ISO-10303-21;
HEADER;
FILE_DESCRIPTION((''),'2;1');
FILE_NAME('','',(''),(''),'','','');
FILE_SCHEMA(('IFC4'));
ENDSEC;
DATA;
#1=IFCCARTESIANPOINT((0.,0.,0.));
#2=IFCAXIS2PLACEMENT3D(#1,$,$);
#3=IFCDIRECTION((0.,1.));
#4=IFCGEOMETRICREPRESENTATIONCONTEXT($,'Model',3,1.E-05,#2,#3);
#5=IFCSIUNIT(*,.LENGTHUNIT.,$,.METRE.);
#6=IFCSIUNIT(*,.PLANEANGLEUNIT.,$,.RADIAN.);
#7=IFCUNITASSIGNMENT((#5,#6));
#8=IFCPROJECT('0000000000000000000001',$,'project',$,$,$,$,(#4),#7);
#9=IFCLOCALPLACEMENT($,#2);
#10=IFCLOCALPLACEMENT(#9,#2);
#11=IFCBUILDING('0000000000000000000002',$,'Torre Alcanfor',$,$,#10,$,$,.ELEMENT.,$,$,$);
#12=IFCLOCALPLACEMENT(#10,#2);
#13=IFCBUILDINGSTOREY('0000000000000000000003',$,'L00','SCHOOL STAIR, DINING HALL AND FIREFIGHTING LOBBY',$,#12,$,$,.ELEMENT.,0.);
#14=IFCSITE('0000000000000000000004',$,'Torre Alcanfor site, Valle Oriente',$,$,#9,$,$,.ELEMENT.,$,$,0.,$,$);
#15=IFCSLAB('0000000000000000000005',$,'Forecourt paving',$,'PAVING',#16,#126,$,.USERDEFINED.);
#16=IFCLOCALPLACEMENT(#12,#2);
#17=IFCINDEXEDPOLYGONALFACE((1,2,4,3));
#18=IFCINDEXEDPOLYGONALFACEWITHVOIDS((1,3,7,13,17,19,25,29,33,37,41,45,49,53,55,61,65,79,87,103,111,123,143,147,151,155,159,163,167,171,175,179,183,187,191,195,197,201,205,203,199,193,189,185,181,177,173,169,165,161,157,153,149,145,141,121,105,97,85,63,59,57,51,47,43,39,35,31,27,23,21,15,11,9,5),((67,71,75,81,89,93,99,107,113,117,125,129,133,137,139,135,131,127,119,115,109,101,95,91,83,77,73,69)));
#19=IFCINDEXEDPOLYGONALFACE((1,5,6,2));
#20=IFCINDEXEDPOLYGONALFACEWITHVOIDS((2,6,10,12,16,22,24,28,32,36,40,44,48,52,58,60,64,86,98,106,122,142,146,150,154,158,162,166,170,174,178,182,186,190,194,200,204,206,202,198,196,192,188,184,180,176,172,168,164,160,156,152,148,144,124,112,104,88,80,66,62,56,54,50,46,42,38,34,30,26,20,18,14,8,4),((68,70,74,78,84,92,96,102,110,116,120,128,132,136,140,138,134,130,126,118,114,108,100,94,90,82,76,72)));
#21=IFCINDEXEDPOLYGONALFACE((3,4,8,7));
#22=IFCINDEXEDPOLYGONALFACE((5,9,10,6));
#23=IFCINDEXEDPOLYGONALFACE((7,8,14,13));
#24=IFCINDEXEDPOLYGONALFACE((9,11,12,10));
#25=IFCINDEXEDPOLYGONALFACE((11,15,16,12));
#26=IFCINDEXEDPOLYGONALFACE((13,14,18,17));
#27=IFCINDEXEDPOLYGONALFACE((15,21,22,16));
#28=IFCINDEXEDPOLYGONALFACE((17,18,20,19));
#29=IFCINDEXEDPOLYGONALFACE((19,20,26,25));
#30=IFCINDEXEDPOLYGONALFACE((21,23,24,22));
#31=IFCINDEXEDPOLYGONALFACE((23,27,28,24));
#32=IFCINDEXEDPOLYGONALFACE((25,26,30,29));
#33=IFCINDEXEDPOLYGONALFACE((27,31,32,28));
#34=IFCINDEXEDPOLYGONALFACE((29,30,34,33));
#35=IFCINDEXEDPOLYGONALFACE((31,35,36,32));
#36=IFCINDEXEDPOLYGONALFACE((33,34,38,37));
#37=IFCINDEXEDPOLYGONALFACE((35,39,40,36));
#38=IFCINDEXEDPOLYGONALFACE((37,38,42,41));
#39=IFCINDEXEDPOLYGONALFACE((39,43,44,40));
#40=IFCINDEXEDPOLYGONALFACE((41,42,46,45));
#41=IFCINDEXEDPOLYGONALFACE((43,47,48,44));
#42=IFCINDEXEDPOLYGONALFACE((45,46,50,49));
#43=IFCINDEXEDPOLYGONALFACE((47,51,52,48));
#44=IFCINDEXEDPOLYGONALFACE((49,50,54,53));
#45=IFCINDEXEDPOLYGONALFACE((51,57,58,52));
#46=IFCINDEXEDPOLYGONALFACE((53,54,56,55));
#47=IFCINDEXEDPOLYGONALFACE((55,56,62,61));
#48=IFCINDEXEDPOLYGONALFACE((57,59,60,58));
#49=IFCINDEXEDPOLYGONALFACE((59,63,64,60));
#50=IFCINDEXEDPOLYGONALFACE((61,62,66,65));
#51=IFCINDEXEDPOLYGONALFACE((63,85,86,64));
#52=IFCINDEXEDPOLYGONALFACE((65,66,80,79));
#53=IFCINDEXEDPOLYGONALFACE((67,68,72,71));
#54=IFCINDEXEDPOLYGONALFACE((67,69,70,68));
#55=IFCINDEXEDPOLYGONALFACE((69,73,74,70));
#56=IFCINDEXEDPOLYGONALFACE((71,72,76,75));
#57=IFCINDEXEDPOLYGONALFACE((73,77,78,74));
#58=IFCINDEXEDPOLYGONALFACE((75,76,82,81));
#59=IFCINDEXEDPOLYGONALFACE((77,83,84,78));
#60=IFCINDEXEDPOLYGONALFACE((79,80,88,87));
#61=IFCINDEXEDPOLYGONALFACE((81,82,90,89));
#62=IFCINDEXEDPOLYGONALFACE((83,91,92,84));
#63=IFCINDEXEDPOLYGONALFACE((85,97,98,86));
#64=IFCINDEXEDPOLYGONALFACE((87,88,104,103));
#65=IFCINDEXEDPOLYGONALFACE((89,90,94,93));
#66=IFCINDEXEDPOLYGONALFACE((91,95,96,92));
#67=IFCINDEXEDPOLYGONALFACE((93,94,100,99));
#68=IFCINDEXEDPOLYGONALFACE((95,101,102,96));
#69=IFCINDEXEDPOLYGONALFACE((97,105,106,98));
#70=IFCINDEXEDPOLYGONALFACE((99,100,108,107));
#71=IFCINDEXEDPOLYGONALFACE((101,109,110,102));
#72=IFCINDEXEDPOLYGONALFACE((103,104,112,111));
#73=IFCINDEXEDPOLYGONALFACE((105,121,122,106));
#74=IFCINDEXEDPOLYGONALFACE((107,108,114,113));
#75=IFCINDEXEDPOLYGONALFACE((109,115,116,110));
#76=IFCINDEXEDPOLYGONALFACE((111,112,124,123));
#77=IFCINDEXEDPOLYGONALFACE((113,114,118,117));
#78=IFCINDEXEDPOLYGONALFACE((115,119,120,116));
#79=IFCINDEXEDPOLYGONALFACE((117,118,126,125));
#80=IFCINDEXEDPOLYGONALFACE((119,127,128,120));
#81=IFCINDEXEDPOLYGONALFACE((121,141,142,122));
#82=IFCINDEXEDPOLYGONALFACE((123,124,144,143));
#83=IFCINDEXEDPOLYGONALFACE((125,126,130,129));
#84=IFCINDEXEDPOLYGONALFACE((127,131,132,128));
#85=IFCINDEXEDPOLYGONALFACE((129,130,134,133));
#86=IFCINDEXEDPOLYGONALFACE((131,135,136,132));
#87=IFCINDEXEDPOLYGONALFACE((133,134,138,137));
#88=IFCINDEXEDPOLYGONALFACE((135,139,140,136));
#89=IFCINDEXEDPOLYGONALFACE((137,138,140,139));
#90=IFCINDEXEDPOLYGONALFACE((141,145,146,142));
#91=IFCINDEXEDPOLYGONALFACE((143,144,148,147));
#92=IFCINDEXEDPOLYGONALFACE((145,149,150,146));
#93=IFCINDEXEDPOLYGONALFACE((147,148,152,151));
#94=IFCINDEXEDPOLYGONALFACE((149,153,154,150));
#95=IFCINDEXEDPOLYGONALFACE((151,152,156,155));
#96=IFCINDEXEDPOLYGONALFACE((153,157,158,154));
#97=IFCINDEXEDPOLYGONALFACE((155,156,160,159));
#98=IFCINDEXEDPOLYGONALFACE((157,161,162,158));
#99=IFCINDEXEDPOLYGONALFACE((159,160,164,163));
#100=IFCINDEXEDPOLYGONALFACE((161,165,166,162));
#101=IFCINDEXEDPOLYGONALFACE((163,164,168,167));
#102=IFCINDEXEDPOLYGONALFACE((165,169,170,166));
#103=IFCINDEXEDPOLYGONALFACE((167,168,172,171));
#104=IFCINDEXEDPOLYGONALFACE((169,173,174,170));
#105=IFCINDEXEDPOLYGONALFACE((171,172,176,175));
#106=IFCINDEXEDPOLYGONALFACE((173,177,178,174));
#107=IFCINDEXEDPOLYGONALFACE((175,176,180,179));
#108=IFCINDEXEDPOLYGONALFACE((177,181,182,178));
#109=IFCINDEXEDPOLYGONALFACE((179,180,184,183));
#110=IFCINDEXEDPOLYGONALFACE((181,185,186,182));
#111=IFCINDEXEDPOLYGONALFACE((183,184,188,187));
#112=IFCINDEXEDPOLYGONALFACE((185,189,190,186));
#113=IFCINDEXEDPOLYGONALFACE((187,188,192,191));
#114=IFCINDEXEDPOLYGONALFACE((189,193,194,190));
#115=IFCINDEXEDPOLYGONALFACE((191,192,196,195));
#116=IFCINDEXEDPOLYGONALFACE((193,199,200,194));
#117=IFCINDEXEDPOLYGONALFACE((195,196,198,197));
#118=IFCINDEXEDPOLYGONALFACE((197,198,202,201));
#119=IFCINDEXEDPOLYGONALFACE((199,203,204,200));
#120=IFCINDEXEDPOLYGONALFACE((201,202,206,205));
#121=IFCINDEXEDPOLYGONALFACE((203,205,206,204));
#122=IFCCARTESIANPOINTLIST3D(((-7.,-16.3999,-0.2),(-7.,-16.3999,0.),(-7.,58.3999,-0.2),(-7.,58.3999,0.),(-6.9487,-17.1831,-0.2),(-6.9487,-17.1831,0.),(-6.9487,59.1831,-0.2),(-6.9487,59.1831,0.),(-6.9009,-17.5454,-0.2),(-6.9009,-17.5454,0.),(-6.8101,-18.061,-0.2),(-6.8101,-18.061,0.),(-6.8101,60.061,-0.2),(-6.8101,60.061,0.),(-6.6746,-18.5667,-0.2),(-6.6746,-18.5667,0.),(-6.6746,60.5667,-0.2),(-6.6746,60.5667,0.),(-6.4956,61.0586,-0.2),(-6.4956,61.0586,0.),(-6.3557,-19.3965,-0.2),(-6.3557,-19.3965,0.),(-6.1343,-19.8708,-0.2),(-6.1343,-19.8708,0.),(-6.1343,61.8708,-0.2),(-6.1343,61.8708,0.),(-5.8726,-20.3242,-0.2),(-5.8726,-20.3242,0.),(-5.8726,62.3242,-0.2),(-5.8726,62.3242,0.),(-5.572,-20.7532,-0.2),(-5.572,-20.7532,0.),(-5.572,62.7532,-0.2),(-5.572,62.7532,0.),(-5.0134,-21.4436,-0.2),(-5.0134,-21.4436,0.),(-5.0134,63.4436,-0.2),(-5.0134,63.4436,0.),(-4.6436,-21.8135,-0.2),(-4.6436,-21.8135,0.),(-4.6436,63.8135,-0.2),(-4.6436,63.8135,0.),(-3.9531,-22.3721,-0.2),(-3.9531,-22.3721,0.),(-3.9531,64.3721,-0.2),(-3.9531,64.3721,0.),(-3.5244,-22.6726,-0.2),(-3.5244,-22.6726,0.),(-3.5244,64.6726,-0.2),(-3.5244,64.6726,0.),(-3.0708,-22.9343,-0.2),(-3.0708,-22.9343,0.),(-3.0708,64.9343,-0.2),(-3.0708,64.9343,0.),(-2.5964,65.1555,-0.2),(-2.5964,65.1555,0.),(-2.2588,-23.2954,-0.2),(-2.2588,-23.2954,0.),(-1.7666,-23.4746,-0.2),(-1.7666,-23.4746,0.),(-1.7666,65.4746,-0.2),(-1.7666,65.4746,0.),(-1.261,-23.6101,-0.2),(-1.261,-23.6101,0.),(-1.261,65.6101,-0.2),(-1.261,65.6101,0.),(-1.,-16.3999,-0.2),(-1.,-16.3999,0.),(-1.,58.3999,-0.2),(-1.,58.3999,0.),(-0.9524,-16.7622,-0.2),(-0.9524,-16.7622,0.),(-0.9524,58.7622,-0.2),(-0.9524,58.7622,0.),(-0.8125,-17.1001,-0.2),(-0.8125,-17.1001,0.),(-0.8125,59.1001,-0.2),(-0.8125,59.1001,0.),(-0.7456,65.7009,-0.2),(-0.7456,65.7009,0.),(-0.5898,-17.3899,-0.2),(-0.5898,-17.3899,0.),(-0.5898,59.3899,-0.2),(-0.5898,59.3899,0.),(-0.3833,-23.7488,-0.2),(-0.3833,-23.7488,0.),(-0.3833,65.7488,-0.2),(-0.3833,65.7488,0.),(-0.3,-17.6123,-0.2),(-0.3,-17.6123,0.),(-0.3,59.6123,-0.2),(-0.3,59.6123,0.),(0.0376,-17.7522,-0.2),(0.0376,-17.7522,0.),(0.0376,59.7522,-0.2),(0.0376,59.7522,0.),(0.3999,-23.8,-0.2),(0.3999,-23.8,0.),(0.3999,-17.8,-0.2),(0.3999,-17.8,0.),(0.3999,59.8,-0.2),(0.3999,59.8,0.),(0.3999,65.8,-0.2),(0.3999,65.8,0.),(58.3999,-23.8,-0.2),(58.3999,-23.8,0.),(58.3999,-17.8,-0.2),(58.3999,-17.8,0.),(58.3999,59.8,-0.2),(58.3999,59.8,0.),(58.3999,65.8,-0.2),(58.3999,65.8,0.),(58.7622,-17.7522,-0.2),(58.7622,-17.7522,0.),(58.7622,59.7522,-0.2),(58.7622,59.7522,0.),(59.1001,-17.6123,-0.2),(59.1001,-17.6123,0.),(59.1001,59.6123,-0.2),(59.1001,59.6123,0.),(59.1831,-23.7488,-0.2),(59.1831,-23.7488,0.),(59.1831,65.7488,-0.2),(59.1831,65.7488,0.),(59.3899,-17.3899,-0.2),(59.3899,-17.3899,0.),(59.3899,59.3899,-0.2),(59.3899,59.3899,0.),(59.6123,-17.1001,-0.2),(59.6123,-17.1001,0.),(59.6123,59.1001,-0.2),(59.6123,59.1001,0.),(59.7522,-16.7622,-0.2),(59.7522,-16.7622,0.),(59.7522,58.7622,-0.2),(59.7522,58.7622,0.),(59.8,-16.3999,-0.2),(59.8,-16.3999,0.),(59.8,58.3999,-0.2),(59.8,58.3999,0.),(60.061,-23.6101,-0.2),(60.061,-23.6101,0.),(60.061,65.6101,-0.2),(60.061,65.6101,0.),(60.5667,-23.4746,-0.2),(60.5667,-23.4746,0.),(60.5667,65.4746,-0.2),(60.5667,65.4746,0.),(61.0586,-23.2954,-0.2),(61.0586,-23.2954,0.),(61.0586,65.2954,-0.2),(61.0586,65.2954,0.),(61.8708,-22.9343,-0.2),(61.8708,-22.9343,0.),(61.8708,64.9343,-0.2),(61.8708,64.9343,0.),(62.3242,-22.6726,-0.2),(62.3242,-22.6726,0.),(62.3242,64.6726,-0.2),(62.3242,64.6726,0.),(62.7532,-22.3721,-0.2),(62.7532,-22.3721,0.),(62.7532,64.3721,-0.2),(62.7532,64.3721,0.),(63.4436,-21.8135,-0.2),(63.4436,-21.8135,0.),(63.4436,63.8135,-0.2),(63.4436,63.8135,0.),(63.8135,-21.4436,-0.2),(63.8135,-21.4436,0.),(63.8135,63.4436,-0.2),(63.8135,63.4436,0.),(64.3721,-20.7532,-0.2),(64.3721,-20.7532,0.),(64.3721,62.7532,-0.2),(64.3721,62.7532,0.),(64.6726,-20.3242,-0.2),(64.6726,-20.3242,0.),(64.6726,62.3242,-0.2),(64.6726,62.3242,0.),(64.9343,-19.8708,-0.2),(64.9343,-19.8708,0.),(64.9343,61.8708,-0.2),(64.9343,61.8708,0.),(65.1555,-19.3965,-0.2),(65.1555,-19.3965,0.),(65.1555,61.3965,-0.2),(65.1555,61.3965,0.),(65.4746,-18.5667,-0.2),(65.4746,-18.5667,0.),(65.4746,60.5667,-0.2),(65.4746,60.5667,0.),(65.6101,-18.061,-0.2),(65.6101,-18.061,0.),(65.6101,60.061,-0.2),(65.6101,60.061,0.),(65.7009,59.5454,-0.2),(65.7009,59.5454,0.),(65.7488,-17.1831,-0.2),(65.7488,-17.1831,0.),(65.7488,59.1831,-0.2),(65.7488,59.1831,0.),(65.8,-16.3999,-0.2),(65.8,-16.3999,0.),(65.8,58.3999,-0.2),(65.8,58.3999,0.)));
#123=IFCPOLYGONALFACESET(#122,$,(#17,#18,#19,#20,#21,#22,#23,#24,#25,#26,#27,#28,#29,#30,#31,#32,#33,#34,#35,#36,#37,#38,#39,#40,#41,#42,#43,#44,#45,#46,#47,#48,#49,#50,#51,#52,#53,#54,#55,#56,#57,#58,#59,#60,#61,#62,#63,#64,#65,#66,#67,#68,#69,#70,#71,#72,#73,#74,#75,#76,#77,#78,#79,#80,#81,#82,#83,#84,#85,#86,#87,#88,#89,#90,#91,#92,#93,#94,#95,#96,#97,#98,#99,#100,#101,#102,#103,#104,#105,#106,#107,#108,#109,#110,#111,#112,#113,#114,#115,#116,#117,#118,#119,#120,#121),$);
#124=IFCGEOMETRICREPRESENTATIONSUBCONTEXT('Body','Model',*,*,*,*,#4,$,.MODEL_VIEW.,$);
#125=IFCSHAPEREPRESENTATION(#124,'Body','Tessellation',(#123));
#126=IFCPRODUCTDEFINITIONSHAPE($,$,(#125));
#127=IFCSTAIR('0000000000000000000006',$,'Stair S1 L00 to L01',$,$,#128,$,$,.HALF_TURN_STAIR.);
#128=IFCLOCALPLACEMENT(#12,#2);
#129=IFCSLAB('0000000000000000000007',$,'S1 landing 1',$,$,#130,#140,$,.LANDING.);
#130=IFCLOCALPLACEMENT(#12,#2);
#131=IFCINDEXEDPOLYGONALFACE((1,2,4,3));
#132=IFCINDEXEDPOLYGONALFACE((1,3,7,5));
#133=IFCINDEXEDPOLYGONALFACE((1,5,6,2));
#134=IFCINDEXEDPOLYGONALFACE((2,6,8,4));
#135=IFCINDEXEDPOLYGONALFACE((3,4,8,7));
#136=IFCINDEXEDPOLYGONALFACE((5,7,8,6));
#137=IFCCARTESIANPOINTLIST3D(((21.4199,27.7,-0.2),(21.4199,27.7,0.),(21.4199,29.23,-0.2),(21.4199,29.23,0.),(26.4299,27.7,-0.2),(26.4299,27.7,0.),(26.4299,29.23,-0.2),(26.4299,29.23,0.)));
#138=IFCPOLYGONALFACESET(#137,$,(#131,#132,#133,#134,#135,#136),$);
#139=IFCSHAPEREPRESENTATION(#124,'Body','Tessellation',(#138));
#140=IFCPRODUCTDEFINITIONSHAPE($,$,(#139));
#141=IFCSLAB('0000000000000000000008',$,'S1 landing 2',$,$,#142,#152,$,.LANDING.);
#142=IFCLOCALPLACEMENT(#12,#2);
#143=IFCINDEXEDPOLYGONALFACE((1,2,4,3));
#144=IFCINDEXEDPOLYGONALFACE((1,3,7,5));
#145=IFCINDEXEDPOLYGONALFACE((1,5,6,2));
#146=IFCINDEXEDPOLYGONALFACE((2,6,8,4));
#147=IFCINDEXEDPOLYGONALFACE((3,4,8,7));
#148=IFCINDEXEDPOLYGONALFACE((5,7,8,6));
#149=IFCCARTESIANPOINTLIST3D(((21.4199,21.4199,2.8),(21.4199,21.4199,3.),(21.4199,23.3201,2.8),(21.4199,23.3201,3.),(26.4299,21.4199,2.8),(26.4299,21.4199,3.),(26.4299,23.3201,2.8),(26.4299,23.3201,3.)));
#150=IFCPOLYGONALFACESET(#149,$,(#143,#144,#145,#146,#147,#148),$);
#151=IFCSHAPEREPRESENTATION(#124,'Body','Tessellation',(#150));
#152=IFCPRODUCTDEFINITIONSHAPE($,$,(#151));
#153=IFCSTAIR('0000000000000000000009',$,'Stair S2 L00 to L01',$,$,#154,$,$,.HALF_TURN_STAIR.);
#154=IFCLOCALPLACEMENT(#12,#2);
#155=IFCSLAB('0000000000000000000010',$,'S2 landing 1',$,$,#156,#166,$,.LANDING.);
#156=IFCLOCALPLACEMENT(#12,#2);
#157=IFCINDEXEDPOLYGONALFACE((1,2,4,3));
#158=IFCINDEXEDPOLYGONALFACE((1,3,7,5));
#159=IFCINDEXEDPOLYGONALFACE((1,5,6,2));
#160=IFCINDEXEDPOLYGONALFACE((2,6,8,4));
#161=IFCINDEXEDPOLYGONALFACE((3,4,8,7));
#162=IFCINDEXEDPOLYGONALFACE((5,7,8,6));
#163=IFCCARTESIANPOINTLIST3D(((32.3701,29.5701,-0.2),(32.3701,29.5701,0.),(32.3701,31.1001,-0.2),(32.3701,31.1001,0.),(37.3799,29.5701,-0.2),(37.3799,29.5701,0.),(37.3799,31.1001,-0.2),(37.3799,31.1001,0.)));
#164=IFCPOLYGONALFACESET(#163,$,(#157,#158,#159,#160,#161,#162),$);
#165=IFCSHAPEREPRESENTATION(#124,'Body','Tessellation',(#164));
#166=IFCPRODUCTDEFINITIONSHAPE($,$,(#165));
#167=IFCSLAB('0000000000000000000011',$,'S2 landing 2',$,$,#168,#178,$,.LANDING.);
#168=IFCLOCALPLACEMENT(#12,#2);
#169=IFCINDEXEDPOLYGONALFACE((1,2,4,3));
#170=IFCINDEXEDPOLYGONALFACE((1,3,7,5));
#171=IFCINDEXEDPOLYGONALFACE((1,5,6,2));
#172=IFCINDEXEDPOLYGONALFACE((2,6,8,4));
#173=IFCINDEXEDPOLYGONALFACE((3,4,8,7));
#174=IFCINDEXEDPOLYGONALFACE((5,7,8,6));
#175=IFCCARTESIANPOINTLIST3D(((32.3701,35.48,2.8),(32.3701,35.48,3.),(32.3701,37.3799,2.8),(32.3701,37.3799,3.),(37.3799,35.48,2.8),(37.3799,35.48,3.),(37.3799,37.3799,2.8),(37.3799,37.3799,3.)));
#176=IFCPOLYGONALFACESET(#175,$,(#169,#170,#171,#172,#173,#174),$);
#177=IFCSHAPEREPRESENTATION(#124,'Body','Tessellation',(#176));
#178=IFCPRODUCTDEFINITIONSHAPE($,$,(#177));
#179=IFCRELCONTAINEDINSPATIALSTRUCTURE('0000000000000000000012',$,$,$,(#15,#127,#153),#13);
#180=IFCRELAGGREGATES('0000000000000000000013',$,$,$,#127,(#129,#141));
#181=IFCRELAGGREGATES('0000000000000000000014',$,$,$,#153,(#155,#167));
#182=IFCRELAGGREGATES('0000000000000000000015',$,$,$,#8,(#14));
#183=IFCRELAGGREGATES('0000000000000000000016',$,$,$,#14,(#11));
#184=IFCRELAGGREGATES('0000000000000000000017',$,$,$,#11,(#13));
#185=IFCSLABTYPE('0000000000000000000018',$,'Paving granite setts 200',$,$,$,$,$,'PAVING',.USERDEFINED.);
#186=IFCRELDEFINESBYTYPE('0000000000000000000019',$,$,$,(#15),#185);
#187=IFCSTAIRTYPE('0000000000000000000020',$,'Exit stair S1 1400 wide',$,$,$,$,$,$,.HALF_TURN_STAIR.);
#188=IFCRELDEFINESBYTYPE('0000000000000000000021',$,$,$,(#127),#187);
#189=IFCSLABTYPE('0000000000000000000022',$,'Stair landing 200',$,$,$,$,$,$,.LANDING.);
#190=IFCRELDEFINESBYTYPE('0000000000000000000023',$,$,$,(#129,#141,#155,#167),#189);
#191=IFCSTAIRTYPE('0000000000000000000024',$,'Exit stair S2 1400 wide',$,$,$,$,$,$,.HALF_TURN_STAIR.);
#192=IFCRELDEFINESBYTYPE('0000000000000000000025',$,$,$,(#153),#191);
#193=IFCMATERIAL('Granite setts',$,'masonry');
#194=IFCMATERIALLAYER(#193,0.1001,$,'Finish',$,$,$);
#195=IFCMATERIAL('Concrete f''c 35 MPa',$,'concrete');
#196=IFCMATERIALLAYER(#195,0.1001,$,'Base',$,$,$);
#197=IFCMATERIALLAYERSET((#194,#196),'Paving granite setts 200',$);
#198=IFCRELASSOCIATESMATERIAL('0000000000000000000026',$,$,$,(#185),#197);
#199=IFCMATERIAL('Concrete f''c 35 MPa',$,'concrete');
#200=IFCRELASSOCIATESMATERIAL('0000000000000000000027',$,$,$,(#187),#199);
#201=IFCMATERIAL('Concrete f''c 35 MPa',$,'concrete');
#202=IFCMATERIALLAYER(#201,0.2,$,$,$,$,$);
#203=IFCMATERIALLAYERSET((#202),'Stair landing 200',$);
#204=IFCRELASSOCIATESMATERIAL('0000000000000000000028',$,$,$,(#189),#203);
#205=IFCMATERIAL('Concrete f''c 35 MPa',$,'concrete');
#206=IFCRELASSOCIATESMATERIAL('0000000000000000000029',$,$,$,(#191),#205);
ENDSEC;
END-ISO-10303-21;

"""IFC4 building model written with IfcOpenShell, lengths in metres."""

from ifc_helpers import new_model, si_unit, direction, frame, origin, place, context, subcontext, project, spatial, polyline, outline, extrude, material, layer, layer_set, type_object, element, aggregate, save


model = new_model("IFC4")

# Units and contexts
model_context = context("Model", 3, precision=1e-05, world=origin(), true_north=direction((0.0, 1.0)))
body_context = subcontext(model_context, "Body", "Model", "MODEL_VIEW")
ifc_project = project(units=[si_unit("LENGTHUNIT", "METRE"), si_unit("PLANEANGLEUNIT", "RADIAN")], contexts=[model_context])

# Site, building, storey
site_placement = place(None, origin())
site = spatial("IfcSite", under=ifc_project, at=site_placement, Name="Torre Alcanfor site, Valle Oriente", CompositionType="ELEMENT", RefElevation=0.0)
building_placement = place(site_placement, origin())
building = spatial("IfcBuilding", under=site, at=building_placement, Name="Torre Alcanfor", CompositionType="ELEMENT")
storey_placement = place(building_placement, origin())
storey = spatial("IfcBuildingStorey", under=building, at=storey_placement, Name="L00", Description="SCHOOL STAIR, DINING HALL AND FIREFIGHTING LOBBY", CompositionType="ELEMENT", Elevation=0.0)

# Slab
ifc_material_1 = material(Name="Granite setts", Category="masonry")
ifc_layer_1 = layer(ifc_material_1, 0.1001, Name="Finish")
ifc_material_2 = material(Name="Concrete f'c 35 MPa", Category="concrete")
ifc_layer_2 = layer(ifc_material_2, 0.1001, Name="Base")
ifc_layer_set_1 = layer_set([ifc_layer_1, ifc_layer_2], Name="Paving granite setts 200")
slab_type_1 = type_object("IfcSlabType", Name="Paving granite setts 200", ElementType="PAVING", PredefinedType="USERDEFINED", material=ifc_layer_set_1)
slab_1_placement = place(storey_placement, frame((0.0, 0.0, -0.2)))
element("IfcSlab", 1, at=slab_1_placement, inside=storey, type_object=slab_type_1, Name="Forecourt paving", ObjectType="PAVING", PredefinedType="USERDEFINED", context=body_context, shape_type="SweptSolid", body=[
    extrude(outline(polyline([(58.3999, -23.8), (0.3999, -23.8), (-0.3833, -23.7488), (-1.261, -23.6101), (-1.7666, -23.4746), (-2.2588, -23.2954), (-3.0708, -22.9343), (-3.5244, -22.6726), (-3.9531, -22.3721), (-4.6436, -21.8135), (-5.0134, -21.4436), (-5.572, -20.7532), (-5.8726, -20.3242), (-6.1343, -19.8708), (-6.3557, -19.3965), (-6.6746, -18.5667), (-6.8101, -18.061), (-6.9009, -17.5454), (-6.9487, -17.1831), (-7.0, -16.3999), (-7.0, 58.3999), (-6.9487, 59.1831), (-6.8101, 60.061), (-6.6746, 60.5667), (-6.4956, 61.0586), (-6.1343, 61.8708), (-5.8726, 62.3242), (-5.572, 62.7532), (-5.0134, 63.4436), (-4.6436, 63.8135), (-3.9531, 64.3721), (-3.5244, 64.6726), (-3.0708, 64.9343), (-2.5964, 65.1555), (-1.7666, 65.4746), (-1.261, 65.6101), (-0.7456, 65.7009), (-0.3833, 65.7488), (0.3999, 65.8), (58.3999, 65.8), (59.1831, 65.7488), (60.061, 65.6101), (60.5667, 65.4746), (61.0586, 65.2954), (61.8708, 64.9343), (62.3242, 64.6726), (62.7532, 64.3721), (63.4436, 63.8135), (63.8135, 63.4436), (64.3721, 62.7532), (64.6726, 62.3242), (64.9343, 61.8708), (65.1555, 61.3965), (65.4746, 60.5667), (65.6101, 60.061), (65.7009, 59.5454), (65.7488, 59.1831), (65.8, 58.3999), (65.8, -16.3999), (65.7488, -17.1831), (65.6101, -18.061), (65.4746, -18.5667), (65.1555, -19.3965), (64.9343, -19.8708), (64.6726, -20.3242), (64.3721, -20.7532), (63.8135, -21.4436), (63.4436, -21.8135), (62.7532, -22.3721), (62.3242, -22.6726), (61.8708, -22.9343), (61.0586, -23.2954), (60.5667, -23.4746), (60.061, -23.6101), (59.1831, -23.7488), (58.3999, -23.8)]), holes=[polyline([(58.3999, -17.8), (58.7622, -17.7522), (59.1001, -17.6123), (59.3899, -17.3899), (59.6123, -17.1001), (59.7522, -16.7622), (59.8, -16.3999), (59.8, 58.3999), (59.7522, 58.7622), (59.6123, 59.1001), (59.3899, 59.3899), (59.1001, 59.6123), (58.7622, 59.7522), (58.3999, 59.8), (0.3999, 59.8), (0.0376, 59.7522), (-0.3, 59.6123), (-0.5898, 59.3899), (-0.8125, 59.1001), (-0.9524, 58.7622), (-1.0, 58.3999), (-1.0, -16.3999), (-0.9524, -16.7622), (-0.8125, -17.1001), (-0.5898, -17.3899), (-0.3, -17.6123), (0.0376, -17.7522), (0.3999, -17.8), (58.3999, -17.8)])]), origin(), (0.0, 0.0, 1.0), 0.2),
])

# Stairs, slabs
ifc_material_3 = material(Name="Concrete f'c 35 MPa", Category="concrete")
stair_type_1 = type_object("IfcStairType", Name="Exit stair S1 1400 wide", PredefinedType="HALF_TURN_STAIR", material=ifc_material_3)
stair_1_placement = place(storey_placement, origin())
stair_1 = element("IfcStair", 2, at=stair_1_placement, inside=storey, type_object=stair_type_1, Name="Stair S1 L00 to L01", PredefinedType="HALF_TURN_STAIR")
ifc_material_4 = material(Name="Concrete f'c 35 MPa", Category="concrete")
ifc_layer_3 = layer(ifc_material_4, 0.2)
ifc_layer_set_2 = layer_set([ifc_layer_3], Name="Stair landing 200")
slab_type_2 = type_object("IfcSlabType", Name="Stair landing 200", PredefinedType="LANDING", material=ifc_layer_set_2)
slab_2_placement = place(storey_placement, frame((0.0, 0.0, -0.2)))
slab_2 = element("IfcSlab", 3, at=slab_2_placement, type_object=slab_type_2, Name="S1 landing 1", PredefinedType="LANDING", context=body_context, shape_type="SweptSolid", body=[
    extrude(outline(polyline([(21.4199, 27.7), (26.4299, 27.7), (26.4299, 29.23), (21.4199, 29.23), (21.4199, 27.7)])), origin(), (0.0, 0.0, 1.0), 0.2),
])
slab_3_placement = place(storey_placement, frame((0.0, 0.0, 2.8)))
slab_3 = element("IfcSlab", 4, at=slab_3_placement, type_object=slab_type_2, Name="S1 landing 2", PredefinedType="LANDING", context=body_context, shape_type="SweptSolid", body=[
    extrude(outline(polyline([(21.4199, 21.4199), (26.4299, 21.4199), (26.4299, 23.3201), (21.4199, 23.3201), (21.4199, 21.4199)])), origin(), (0.0, 0.0, 1.0), 0.2),
])
aggregate(stair_1, [slab_2, slab_3])
ifc_material_5 = material(Name="Concrete f'c 35 MPa", Category="concrete")
stair_type_2 = type_object("IfcStairType", Name="Exit stair S2 1400 wide", PredefinedType="HALF_TURN_STAIR", material=ifc_material_5)
stair_2_placement = place(storey_placement, origin())
stair_2 = element("IfcStair", 5, at=stair_2_placement, inside=storey, type_object=stair_type_2, Name="Stair S2 L00 to L01", PredefinedType="HALF_TURN_STAIR")
slab_4_placement = place(storey_placement, frame((0.0, 0.0, -0.2)))
slab_4 = element("IfcSlab", 6, at=slab_4_placement, type_object=slab_type_2, Name="S2 landing 1", PredefinedType="LANDING", context=body_context, shape_type="SweptSolid", body=[
    extrude(outline(polyline([(32.3701, 29.5701), (37.3799, 29.5701), (37.3799, 31.1001), (32.3701, 31.1001), (32.3701, 29.5701)])), origin(), (0.0, 0.0, 1.0), 0.2),
])
slab_5_placement = place(storey_placement, frame((0.0, 0.0, 2.8)))
slab_5 = element("IfcSlab", 7, at=slab_5_placement, type_object=slab_type_2, Name="S2 landing 2", PredefinedType="LANDING", context=body_context, shape_type="SweptSolid", body=[
    extrude(outline(polyline([(32.3701, 35.48), (37.3799, 35.48), (37.3799, 37.3799), (32.3701, 37.3799), (32.3701, 35.48)])), origin(), (0.0, 0.0, 1.0), 0.2),
])
aggregate(stair_2, [slab_4, slab_5])

save(model, "model.ifc")
